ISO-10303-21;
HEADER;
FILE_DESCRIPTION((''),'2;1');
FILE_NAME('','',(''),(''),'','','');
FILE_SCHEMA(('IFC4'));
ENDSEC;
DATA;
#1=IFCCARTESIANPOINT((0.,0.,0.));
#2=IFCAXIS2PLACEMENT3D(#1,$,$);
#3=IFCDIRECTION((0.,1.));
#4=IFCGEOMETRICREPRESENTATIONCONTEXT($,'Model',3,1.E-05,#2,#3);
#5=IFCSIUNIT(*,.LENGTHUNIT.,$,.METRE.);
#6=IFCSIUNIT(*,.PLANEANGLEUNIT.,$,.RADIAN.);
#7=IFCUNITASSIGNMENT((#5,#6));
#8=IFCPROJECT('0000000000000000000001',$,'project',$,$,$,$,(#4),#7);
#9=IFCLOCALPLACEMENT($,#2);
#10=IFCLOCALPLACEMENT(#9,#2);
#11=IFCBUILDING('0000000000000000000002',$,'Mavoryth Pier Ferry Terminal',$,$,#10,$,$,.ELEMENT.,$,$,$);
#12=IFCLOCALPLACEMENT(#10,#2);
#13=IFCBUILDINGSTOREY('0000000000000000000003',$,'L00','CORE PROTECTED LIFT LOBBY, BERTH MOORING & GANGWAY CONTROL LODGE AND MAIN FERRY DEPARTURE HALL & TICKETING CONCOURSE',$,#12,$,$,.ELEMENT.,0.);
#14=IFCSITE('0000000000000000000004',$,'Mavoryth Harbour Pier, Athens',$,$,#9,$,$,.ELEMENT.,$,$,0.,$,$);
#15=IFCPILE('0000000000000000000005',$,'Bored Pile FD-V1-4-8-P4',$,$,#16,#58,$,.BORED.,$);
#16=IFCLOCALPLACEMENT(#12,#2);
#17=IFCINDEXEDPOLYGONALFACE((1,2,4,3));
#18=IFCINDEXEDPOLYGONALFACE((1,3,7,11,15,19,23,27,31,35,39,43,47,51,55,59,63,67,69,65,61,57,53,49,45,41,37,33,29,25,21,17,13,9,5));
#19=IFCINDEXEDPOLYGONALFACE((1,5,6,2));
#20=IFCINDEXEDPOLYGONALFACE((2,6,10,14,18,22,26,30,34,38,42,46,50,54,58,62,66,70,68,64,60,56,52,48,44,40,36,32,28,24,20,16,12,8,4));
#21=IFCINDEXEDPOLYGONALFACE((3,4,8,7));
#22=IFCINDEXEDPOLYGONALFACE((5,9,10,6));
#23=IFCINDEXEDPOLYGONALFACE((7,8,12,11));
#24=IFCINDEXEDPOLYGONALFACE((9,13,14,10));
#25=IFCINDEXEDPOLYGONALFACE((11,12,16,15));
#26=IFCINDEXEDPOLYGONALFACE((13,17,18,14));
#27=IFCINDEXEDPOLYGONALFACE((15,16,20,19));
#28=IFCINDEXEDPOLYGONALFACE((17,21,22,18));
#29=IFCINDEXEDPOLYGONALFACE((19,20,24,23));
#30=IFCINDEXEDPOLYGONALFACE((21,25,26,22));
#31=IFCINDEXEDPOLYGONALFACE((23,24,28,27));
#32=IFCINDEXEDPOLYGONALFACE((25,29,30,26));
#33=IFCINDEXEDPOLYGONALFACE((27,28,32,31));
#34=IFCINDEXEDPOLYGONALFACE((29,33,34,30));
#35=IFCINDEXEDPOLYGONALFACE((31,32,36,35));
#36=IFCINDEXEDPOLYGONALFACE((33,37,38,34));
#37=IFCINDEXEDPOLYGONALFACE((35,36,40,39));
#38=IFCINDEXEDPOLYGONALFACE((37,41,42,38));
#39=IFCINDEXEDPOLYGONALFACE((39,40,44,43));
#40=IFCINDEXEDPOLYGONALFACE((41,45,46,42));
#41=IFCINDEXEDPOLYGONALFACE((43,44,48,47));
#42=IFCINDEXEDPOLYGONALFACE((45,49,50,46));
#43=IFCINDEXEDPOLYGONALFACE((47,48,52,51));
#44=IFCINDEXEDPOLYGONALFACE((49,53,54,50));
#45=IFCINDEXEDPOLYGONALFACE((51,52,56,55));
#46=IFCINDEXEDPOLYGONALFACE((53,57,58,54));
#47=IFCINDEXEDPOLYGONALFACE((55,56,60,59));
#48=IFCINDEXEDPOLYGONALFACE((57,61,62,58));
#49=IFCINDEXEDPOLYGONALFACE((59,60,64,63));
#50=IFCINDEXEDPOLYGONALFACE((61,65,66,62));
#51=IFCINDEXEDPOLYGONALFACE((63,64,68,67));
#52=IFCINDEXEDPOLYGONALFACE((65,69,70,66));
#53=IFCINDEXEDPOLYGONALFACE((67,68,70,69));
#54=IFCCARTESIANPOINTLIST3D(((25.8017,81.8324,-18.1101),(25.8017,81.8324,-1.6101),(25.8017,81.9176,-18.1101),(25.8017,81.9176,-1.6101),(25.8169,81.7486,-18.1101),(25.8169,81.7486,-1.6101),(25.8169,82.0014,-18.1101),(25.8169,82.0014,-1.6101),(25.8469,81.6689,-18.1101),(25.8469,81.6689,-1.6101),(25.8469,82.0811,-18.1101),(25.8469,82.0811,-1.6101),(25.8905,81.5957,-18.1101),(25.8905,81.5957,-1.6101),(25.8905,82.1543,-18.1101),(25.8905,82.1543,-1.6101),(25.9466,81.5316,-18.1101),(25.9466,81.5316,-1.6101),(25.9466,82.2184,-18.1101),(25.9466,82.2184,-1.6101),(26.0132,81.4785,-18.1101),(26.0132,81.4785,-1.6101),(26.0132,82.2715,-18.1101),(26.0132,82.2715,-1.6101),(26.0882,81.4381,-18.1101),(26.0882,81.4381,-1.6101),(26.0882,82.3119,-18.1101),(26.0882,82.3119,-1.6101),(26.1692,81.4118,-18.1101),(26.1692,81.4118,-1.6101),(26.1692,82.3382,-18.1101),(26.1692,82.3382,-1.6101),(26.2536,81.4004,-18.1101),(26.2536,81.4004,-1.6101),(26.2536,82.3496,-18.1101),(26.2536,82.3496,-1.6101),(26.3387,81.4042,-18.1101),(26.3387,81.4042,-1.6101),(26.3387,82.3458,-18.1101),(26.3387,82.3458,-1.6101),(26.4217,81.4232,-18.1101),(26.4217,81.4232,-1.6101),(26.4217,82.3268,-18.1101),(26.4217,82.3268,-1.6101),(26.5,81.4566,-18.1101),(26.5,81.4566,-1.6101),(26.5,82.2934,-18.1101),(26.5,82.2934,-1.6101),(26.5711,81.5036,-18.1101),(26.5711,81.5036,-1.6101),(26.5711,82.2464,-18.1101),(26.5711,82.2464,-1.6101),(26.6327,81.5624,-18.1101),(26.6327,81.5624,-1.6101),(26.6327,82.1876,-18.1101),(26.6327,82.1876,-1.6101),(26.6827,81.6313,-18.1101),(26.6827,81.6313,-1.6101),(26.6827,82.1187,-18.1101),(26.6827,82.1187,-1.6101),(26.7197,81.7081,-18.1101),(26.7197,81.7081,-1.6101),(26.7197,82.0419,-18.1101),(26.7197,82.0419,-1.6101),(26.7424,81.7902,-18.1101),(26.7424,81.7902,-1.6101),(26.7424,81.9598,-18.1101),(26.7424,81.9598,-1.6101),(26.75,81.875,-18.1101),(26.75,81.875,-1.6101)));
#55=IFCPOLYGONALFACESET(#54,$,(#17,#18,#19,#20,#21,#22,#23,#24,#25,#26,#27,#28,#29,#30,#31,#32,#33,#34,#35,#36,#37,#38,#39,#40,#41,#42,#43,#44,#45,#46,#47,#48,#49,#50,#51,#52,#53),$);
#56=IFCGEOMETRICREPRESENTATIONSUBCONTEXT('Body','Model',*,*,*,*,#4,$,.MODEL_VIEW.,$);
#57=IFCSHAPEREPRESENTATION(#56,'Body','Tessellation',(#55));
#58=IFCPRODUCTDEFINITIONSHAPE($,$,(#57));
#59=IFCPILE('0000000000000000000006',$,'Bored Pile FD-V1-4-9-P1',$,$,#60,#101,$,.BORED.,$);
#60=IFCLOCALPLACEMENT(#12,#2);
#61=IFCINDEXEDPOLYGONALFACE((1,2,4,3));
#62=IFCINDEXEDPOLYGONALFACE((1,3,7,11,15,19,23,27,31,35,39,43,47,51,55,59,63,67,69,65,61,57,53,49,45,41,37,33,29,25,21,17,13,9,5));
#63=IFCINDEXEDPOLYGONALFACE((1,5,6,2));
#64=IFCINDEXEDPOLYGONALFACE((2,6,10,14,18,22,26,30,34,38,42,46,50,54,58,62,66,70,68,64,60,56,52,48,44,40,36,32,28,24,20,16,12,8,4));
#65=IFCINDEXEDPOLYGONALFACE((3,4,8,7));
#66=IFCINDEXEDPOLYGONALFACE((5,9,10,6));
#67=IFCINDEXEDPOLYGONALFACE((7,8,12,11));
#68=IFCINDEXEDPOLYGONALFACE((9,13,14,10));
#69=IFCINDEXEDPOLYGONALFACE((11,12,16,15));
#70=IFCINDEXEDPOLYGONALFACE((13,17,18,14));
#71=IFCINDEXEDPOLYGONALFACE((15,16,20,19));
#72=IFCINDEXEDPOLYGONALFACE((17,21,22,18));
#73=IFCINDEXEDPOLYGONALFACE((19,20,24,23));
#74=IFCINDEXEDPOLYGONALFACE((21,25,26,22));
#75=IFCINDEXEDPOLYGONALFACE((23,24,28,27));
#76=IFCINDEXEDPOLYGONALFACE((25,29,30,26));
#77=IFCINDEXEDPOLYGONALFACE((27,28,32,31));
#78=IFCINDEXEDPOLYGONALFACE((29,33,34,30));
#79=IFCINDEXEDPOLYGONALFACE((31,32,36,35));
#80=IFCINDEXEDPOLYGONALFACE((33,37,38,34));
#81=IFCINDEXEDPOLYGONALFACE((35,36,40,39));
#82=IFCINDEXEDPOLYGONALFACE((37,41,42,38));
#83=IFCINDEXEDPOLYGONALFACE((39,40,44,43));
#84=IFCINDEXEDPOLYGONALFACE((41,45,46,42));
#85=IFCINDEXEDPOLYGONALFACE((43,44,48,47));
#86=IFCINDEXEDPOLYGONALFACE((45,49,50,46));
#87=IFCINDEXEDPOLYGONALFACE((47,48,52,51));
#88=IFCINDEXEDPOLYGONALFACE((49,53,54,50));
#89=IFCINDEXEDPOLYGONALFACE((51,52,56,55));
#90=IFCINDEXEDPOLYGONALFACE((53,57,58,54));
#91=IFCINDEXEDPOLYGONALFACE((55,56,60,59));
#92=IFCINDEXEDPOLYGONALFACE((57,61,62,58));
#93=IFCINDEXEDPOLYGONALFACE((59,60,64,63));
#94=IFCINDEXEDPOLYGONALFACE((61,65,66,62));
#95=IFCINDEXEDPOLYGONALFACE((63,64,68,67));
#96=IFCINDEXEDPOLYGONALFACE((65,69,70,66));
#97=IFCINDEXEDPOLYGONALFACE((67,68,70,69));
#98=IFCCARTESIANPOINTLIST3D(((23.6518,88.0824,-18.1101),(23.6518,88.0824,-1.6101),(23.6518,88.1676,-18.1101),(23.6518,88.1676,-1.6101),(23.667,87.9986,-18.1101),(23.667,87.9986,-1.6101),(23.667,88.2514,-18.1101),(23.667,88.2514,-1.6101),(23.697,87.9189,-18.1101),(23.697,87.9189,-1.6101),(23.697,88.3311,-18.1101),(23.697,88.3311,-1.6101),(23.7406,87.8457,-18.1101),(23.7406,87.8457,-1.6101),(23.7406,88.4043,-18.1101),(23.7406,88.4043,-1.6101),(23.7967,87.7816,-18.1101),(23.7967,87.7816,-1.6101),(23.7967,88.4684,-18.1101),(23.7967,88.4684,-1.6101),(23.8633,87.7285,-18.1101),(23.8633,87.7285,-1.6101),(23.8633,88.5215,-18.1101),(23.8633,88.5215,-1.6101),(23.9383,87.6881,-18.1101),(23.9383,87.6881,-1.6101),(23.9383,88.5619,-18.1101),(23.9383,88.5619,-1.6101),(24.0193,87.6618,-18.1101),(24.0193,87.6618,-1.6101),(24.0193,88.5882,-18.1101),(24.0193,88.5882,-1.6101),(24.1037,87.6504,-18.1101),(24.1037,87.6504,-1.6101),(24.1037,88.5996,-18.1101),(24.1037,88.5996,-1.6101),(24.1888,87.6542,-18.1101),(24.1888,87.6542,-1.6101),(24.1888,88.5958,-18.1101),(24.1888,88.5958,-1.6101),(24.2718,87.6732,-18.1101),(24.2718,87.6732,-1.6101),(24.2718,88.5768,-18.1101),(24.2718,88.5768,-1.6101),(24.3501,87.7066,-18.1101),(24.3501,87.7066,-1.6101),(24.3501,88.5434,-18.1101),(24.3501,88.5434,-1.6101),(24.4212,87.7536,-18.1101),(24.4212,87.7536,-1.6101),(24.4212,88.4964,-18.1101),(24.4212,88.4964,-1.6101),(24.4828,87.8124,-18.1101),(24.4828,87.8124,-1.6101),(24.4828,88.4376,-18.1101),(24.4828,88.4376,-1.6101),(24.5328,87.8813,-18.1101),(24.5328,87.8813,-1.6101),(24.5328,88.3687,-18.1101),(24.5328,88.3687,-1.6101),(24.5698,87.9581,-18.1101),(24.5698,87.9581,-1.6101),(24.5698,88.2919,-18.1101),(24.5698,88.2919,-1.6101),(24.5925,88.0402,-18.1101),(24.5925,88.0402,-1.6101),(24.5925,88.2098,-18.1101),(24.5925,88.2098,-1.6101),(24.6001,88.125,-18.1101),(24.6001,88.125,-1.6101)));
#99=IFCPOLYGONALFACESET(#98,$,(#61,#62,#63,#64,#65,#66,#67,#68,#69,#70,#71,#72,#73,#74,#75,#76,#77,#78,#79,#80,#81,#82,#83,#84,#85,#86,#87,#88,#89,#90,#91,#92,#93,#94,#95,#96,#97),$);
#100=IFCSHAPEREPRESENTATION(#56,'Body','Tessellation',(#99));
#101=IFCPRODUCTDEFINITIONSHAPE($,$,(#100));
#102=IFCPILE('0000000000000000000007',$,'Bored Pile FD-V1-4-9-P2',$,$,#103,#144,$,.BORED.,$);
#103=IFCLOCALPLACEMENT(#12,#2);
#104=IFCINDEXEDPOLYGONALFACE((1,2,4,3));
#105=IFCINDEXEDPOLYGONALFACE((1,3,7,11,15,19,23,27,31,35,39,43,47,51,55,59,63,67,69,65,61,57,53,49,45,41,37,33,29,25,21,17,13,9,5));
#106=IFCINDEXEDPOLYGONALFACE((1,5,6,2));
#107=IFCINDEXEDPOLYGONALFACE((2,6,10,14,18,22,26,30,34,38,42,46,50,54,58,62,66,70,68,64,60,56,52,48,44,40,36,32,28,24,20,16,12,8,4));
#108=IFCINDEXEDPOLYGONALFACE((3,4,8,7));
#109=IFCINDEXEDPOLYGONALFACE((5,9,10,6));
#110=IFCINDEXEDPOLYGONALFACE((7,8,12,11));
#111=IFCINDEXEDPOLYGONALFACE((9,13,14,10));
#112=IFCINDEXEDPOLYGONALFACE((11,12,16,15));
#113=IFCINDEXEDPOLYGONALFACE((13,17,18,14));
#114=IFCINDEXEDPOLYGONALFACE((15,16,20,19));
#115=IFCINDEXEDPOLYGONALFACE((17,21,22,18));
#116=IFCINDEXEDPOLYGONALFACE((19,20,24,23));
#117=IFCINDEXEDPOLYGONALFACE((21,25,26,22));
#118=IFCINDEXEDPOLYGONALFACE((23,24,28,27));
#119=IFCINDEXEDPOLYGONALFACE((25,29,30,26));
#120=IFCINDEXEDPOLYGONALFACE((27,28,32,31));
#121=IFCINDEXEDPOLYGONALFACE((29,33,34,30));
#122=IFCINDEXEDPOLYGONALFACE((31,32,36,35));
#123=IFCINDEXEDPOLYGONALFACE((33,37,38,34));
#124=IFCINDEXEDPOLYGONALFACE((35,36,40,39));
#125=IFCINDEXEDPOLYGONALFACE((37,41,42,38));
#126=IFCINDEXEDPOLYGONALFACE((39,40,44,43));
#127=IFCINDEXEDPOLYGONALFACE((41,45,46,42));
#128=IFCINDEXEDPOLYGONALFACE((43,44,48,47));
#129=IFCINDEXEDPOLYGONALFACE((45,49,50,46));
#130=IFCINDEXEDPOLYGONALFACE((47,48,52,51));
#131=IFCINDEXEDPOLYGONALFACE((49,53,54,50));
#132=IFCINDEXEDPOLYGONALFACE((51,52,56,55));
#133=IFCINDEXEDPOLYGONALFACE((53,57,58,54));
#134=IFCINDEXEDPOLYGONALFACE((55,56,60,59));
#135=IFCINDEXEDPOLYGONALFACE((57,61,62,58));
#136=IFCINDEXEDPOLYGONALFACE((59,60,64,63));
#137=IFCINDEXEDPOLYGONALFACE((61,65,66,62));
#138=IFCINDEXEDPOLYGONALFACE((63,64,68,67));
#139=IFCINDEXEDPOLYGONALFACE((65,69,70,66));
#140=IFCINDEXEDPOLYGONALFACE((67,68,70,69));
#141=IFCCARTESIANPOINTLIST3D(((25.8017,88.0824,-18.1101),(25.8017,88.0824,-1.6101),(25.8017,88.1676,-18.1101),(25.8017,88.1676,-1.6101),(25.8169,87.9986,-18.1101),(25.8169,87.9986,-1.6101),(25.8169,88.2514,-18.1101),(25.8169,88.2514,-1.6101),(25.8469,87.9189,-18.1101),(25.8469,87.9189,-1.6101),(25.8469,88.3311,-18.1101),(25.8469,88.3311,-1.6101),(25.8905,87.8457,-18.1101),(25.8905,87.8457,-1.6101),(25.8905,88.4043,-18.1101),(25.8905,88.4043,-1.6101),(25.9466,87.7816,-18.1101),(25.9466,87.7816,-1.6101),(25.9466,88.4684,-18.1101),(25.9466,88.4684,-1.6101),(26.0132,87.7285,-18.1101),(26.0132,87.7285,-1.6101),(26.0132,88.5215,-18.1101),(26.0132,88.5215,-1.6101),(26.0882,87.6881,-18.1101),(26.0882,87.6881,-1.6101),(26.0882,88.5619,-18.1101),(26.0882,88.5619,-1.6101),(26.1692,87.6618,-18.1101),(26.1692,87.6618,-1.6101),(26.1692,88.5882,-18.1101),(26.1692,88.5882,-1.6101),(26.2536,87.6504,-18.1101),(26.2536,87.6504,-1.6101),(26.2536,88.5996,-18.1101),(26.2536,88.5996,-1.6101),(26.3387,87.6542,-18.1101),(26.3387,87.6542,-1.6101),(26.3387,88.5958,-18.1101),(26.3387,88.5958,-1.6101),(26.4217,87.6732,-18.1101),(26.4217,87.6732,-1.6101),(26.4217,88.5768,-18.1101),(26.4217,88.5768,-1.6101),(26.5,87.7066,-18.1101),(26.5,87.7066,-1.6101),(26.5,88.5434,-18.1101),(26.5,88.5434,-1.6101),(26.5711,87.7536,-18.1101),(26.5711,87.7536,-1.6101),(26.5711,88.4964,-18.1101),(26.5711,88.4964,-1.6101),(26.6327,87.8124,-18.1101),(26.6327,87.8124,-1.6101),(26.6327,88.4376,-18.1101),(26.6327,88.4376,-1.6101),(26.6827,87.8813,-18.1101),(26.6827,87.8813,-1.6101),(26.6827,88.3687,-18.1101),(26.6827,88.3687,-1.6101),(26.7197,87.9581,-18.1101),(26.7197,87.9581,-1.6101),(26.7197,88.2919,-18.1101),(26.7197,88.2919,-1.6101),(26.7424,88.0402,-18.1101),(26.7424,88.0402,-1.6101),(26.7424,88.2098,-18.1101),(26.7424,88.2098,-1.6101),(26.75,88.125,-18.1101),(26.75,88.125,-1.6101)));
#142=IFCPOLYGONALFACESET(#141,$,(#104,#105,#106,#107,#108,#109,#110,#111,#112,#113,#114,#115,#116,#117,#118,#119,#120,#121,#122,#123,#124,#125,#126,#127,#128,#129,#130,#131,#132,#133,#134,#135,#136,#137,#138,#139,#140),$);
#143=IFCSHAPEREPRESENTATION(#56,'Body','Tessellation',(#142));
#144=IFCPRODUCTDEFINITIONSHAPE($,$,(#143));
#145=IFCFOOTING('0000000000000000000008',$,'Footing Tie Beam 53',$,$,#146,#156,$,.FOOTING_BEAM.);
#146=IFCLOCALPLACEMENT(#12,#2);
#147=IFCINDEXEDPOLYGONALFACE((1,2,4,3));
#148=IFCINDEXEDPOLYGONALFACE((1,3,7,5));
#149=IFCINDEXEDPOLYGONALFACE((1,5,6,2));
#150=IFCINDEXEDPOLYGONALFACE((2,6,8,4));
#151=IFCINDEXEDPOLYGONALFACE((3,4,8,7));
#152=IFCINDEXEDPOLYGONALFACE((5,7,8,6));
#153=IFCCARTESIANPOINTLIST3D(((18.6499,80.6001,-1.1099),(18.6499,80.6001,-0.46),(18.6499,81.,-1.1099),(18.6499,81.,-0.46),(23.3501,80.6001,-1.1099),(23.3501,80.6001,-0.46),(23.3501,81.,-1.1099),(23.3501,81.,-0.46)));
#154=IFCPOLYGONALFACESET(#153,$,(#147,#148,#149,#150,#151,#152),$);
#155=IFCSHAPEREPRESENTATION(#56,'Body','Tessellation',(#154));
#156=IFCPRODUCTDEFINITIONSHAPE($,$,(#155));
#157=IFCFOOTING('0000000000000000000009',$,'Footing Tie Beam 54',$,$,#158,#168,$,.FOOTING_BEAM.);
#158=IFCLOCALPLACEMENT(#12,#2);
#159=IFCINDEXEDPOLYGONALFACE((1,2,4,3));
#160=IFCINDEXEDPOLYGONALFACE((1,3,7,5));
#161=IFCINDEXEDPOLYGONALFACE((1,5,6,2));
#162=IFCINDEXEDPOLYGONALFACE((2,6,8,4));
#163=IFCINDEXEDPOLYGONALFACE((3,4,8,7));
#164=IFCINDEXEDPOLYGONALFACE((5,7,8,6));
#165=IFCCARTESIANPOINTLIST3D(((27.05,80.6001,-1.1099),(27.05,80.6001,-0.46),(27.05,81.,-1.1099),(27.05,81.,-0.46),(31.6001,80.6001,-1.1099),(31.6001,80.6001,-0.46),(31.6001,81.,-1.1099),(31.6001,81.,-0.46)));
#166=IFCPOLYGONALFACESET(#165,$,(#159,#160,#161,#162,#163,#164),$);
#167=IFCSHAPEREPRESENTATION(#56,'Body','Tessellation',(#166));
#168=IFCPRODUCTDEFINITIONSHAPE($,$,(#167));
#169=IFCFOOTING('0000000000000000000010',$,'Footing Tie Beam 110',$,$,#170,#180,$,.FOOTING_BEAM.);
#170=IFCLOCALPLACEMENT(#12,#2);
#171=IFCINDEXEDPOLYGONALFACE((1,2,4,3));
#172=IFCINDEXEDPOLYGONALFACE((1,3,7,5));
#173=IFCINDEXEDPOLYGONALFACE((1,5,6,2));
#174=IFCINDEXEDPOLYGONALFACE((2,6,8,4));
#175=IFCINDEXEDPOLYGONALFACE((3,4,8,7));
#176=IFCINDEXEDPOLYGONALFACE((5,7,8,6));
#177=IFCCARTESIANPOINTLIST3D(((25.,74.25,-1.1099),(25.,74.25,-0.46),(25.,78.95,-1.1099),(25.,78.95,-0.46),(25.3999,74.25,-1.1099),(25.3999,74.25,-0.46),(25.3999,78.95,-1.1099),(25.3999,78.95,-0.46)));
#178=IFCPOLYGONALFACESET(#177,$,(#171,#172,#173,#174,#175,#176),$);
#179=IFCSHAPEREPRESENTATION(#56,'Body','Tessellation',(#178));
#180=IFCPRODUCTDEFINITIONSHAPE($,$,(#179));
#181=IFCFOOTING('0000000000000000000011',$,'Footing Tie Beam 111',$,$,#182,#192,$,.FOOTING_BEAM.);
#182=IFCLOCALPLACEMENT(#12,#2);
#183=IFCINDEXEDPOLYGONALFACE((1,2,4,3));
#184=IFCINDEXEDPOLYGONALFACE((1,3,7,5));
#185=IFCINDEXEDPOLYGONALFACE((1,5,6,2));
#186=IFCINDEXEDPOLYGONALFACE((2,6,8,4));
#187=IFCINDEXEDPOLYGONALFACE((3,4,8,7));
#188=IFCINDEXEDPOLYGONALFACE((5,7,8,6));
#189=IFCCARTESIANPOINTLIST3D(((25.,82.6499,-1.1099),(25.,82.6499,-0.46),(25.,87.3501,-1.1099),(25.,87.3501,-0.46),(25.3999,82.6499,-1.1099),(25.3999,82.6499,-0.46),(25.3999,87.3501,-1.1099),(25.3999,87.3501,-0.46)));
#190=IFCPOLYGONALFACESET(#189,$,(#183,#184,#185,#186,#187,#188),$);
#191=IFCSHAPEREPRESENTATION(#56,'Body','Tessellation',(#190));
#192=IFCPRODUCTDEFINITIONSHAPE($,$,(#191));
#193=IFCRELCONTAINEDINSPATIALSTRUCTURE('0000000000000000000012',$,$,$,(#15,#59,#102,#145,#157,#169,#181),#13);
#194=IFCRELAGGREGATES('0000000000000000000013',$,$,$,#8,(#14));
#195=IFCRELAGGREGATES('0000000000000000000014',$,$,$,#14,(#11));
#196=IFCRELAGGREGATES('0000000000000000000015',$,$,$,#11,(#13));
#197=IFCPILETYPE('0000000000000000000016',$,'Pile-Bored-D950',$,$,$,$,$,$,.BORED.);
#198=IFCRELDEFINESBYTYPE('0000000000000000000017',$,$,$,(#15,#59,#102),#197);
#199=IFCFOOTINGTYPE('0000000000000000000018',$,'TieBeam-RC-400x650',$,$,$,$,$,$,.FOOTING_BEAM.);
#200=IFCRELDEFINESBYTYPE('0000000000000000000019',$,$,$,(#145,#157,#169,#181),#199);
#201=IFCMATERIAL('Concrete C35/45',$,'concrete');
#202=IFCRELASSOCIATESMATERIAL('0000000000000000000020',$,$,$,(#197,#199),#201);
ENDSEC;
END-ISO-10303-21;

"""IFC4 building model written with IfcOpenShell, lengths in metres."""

from ifc_helpers import new_model, si_unit, direction, frame, origin, origin_2d, place, context, subcontext, project, spatial, rectangle, circle, extrude, material, material_profile, profile_set, type_object, element, save


model = new_model("IFC4")

# Units and contexts
model_context = context("Model", 3, precision=1e-05, world=origin(), true_north=direction((0.0, 1.0)))
body_context = subcontext(model_context, "Body", "Model", "MODEL_VIEW")
ifc_project = project(units=[si_unit("LENGTHUNIT", "METRE"), si_unit("PLANEANGLEUNIT", "RADIAN")], contexts=[model_context])

# Site, building, storey
site_placement = place(None, origin())
site = spatial("IfcSite", under=ifc_project, at=site_placement, Name="Mavoryth Harbour Pier, Athens", CompositionType="ELEMENT", RefElevation=0.0)
building_placement = place(site_placement, origin())
building = spatial("IfcBuilding", under=site, at=building_placement, Name="Mavoryth Pier Ferry Terminal", CompositionType="ELEMENT")
storey_placement = place(building_placement, origin())
storey = spatial("IfcBuildingStorey", under=building, at=storey_placement, Name="L00", Description="CORE PROTECTED LIFT LOBBY, BERTH MOORING & GANGWAY CONTROL LODGE AND MAIN FERRY DEPARTURE HALL & TICKETING CONCOURSE", CompositionType="ELEMENT", Elevation=0.0)

# Shared definitions
ifc_material_1 = material(Name="Concrete C35/45", Category="concrete")

# Piles
ifc_material_profile_1 = material_profile(ifc_material_1, circle(Radius=0.4751, at=origin_2d()), Name="PILE D950", Category="concrete")
ifc_profile_set_1 = profile_set([ifc_material_profile_1], Name="Concrete C35/45 - PILE D950")
pile_type = type_object("IfcPileType", Name="Pile-Bored-D950", PredefinedType="BORED", material=ifc_profile_set_1)
for number, where, z_axis, x_axis, name in (
    (1, (26.2749, 81.875, -1.6101), (0.0, 0.0, -1.0), (1.0, 0.0, 0.0), "Bored Pile FD-V1-4-8-P4"),
    (2, (24.125, 88.125, -1.6101), (0.0, 0.0, -1.0), (1.0, 0.0, 0.0), "Bored Pile FD-V1-4-9-P1"),
    (3, (26.2749, 88.125, -1.6101), (0.0, 0.0, -1.0), (1.0, 0.0, 0.0), "Bored Pile FD-V1-4-9-P2"),
):
    element("IfcPile", number, at=place(storey_placement, frame(where, z_axis=z_axis, x_axis=x_axis)), inside=storey, type_object=pile_type, Name=name, PredefinedType="BORED", context=body_context, shape_type="SweptSolid", body=[
        extrude(circle(Radius=0.4751, at=origin_2d()), origin(), (0.0, 0.0, 1.0), 16.5),
    ])

# Footings
ifc_material_profile_2 = material_profile(ifc_material_1, rectangle(XDim=0.3999, YDim=0.6499, at=origin_2d()), Name="RC 400x650", Category="concrete")
ifc_profile_set_2 = profile_set([ifc_material_profile_2], Name="Concrete C35/45 - RC 400x650")
footing_type_1 = type_object("IfcFootingType", Name="TieBeam-RC-400x650", PredefinedType="FOOTING_BEAM", material=ifc_profile_set_2)
footing_1_placement = place(storey_placement, frame((18.6499, 80.8, -0.7849), z_axis=(1.0, 0.0, 0.0), x_axis=(0.0, 1.0, 0.0)))
element("IfcFooting", 4, at=footing_1_placement, inside=storey, type_object=footing_type_1, Name="Footing Tie Beam 53", PredefinedType="FOOTING_BEAM", context=body_context, shape_type="SweptSolid", body=[
    extrude(rectangle(XDim=0.3999, YDim=0.6499, at=origin_2d()), origin(), (0.0, 0.0, 1.0), 4.7002),
])
footing_2_placement = place(storey_placement, frame((27.05, 80.8, -0.7849), z_axis=(1.0, 0.0, 0.0), x_axis=(0.0, 1.0, 0.0)))
element("IfcFooting", 5, at=footing_2_placement, inside=storey, type_object=footing_type_1, Name="Footing Tie Beam 54", PredefinedType="FOOTING_BEAM", context=body_context, shape_type="SweptSolid", body=[
    extrude(rectangle(XDim=0.3999, YDim=0.6499, at=origin_2d()), origin(), (0.0, 0.0, 1.0), 4.55),
])
footing_3_placement = place(storey_placement, frame((25.2, 74.25, -0.7849), z_axis=(0.0, 1.0, 0.0), x_axis=(-1.0, 0.0, 0.0)))
element("IfcFooting", 6, at=footing_3_placement, inside=storey, type_object=footing_type_1, Name="Footing Tie Beam 110", PredefinedType="FOOTING_BEAM", context=body_context, shape_type="SweptSolid", body=[
    extrude(rectangle(XDim=0.3999, YDim=0.6499, at=origin_2d()), origin(), (0.0, 0.0, 1.0), 4.7),
])
footing_4_placement = place(storey_placement, frame((25.2, 82.6499, -0.7849), z_axis=(0.0, 1.0, 0.0), x_axis=(-1.0, 0.0, 0.0)))
element("IfcFooting", 7, at=footing_4_placement, inside=storey, type_object=footing_type_1, Name="Footing Tie Beam 111", PredefinedType="FOOTING_BEAM", context=body_context, shape_type="SweptSolid", body=[
    extrude(rectangle(XDim=0.3999, YDim=0.6499, at=origin_2d()), origin(), (0.0, 0.0, 1.0), 4.7002),
])

save(model, "model.ifc")
